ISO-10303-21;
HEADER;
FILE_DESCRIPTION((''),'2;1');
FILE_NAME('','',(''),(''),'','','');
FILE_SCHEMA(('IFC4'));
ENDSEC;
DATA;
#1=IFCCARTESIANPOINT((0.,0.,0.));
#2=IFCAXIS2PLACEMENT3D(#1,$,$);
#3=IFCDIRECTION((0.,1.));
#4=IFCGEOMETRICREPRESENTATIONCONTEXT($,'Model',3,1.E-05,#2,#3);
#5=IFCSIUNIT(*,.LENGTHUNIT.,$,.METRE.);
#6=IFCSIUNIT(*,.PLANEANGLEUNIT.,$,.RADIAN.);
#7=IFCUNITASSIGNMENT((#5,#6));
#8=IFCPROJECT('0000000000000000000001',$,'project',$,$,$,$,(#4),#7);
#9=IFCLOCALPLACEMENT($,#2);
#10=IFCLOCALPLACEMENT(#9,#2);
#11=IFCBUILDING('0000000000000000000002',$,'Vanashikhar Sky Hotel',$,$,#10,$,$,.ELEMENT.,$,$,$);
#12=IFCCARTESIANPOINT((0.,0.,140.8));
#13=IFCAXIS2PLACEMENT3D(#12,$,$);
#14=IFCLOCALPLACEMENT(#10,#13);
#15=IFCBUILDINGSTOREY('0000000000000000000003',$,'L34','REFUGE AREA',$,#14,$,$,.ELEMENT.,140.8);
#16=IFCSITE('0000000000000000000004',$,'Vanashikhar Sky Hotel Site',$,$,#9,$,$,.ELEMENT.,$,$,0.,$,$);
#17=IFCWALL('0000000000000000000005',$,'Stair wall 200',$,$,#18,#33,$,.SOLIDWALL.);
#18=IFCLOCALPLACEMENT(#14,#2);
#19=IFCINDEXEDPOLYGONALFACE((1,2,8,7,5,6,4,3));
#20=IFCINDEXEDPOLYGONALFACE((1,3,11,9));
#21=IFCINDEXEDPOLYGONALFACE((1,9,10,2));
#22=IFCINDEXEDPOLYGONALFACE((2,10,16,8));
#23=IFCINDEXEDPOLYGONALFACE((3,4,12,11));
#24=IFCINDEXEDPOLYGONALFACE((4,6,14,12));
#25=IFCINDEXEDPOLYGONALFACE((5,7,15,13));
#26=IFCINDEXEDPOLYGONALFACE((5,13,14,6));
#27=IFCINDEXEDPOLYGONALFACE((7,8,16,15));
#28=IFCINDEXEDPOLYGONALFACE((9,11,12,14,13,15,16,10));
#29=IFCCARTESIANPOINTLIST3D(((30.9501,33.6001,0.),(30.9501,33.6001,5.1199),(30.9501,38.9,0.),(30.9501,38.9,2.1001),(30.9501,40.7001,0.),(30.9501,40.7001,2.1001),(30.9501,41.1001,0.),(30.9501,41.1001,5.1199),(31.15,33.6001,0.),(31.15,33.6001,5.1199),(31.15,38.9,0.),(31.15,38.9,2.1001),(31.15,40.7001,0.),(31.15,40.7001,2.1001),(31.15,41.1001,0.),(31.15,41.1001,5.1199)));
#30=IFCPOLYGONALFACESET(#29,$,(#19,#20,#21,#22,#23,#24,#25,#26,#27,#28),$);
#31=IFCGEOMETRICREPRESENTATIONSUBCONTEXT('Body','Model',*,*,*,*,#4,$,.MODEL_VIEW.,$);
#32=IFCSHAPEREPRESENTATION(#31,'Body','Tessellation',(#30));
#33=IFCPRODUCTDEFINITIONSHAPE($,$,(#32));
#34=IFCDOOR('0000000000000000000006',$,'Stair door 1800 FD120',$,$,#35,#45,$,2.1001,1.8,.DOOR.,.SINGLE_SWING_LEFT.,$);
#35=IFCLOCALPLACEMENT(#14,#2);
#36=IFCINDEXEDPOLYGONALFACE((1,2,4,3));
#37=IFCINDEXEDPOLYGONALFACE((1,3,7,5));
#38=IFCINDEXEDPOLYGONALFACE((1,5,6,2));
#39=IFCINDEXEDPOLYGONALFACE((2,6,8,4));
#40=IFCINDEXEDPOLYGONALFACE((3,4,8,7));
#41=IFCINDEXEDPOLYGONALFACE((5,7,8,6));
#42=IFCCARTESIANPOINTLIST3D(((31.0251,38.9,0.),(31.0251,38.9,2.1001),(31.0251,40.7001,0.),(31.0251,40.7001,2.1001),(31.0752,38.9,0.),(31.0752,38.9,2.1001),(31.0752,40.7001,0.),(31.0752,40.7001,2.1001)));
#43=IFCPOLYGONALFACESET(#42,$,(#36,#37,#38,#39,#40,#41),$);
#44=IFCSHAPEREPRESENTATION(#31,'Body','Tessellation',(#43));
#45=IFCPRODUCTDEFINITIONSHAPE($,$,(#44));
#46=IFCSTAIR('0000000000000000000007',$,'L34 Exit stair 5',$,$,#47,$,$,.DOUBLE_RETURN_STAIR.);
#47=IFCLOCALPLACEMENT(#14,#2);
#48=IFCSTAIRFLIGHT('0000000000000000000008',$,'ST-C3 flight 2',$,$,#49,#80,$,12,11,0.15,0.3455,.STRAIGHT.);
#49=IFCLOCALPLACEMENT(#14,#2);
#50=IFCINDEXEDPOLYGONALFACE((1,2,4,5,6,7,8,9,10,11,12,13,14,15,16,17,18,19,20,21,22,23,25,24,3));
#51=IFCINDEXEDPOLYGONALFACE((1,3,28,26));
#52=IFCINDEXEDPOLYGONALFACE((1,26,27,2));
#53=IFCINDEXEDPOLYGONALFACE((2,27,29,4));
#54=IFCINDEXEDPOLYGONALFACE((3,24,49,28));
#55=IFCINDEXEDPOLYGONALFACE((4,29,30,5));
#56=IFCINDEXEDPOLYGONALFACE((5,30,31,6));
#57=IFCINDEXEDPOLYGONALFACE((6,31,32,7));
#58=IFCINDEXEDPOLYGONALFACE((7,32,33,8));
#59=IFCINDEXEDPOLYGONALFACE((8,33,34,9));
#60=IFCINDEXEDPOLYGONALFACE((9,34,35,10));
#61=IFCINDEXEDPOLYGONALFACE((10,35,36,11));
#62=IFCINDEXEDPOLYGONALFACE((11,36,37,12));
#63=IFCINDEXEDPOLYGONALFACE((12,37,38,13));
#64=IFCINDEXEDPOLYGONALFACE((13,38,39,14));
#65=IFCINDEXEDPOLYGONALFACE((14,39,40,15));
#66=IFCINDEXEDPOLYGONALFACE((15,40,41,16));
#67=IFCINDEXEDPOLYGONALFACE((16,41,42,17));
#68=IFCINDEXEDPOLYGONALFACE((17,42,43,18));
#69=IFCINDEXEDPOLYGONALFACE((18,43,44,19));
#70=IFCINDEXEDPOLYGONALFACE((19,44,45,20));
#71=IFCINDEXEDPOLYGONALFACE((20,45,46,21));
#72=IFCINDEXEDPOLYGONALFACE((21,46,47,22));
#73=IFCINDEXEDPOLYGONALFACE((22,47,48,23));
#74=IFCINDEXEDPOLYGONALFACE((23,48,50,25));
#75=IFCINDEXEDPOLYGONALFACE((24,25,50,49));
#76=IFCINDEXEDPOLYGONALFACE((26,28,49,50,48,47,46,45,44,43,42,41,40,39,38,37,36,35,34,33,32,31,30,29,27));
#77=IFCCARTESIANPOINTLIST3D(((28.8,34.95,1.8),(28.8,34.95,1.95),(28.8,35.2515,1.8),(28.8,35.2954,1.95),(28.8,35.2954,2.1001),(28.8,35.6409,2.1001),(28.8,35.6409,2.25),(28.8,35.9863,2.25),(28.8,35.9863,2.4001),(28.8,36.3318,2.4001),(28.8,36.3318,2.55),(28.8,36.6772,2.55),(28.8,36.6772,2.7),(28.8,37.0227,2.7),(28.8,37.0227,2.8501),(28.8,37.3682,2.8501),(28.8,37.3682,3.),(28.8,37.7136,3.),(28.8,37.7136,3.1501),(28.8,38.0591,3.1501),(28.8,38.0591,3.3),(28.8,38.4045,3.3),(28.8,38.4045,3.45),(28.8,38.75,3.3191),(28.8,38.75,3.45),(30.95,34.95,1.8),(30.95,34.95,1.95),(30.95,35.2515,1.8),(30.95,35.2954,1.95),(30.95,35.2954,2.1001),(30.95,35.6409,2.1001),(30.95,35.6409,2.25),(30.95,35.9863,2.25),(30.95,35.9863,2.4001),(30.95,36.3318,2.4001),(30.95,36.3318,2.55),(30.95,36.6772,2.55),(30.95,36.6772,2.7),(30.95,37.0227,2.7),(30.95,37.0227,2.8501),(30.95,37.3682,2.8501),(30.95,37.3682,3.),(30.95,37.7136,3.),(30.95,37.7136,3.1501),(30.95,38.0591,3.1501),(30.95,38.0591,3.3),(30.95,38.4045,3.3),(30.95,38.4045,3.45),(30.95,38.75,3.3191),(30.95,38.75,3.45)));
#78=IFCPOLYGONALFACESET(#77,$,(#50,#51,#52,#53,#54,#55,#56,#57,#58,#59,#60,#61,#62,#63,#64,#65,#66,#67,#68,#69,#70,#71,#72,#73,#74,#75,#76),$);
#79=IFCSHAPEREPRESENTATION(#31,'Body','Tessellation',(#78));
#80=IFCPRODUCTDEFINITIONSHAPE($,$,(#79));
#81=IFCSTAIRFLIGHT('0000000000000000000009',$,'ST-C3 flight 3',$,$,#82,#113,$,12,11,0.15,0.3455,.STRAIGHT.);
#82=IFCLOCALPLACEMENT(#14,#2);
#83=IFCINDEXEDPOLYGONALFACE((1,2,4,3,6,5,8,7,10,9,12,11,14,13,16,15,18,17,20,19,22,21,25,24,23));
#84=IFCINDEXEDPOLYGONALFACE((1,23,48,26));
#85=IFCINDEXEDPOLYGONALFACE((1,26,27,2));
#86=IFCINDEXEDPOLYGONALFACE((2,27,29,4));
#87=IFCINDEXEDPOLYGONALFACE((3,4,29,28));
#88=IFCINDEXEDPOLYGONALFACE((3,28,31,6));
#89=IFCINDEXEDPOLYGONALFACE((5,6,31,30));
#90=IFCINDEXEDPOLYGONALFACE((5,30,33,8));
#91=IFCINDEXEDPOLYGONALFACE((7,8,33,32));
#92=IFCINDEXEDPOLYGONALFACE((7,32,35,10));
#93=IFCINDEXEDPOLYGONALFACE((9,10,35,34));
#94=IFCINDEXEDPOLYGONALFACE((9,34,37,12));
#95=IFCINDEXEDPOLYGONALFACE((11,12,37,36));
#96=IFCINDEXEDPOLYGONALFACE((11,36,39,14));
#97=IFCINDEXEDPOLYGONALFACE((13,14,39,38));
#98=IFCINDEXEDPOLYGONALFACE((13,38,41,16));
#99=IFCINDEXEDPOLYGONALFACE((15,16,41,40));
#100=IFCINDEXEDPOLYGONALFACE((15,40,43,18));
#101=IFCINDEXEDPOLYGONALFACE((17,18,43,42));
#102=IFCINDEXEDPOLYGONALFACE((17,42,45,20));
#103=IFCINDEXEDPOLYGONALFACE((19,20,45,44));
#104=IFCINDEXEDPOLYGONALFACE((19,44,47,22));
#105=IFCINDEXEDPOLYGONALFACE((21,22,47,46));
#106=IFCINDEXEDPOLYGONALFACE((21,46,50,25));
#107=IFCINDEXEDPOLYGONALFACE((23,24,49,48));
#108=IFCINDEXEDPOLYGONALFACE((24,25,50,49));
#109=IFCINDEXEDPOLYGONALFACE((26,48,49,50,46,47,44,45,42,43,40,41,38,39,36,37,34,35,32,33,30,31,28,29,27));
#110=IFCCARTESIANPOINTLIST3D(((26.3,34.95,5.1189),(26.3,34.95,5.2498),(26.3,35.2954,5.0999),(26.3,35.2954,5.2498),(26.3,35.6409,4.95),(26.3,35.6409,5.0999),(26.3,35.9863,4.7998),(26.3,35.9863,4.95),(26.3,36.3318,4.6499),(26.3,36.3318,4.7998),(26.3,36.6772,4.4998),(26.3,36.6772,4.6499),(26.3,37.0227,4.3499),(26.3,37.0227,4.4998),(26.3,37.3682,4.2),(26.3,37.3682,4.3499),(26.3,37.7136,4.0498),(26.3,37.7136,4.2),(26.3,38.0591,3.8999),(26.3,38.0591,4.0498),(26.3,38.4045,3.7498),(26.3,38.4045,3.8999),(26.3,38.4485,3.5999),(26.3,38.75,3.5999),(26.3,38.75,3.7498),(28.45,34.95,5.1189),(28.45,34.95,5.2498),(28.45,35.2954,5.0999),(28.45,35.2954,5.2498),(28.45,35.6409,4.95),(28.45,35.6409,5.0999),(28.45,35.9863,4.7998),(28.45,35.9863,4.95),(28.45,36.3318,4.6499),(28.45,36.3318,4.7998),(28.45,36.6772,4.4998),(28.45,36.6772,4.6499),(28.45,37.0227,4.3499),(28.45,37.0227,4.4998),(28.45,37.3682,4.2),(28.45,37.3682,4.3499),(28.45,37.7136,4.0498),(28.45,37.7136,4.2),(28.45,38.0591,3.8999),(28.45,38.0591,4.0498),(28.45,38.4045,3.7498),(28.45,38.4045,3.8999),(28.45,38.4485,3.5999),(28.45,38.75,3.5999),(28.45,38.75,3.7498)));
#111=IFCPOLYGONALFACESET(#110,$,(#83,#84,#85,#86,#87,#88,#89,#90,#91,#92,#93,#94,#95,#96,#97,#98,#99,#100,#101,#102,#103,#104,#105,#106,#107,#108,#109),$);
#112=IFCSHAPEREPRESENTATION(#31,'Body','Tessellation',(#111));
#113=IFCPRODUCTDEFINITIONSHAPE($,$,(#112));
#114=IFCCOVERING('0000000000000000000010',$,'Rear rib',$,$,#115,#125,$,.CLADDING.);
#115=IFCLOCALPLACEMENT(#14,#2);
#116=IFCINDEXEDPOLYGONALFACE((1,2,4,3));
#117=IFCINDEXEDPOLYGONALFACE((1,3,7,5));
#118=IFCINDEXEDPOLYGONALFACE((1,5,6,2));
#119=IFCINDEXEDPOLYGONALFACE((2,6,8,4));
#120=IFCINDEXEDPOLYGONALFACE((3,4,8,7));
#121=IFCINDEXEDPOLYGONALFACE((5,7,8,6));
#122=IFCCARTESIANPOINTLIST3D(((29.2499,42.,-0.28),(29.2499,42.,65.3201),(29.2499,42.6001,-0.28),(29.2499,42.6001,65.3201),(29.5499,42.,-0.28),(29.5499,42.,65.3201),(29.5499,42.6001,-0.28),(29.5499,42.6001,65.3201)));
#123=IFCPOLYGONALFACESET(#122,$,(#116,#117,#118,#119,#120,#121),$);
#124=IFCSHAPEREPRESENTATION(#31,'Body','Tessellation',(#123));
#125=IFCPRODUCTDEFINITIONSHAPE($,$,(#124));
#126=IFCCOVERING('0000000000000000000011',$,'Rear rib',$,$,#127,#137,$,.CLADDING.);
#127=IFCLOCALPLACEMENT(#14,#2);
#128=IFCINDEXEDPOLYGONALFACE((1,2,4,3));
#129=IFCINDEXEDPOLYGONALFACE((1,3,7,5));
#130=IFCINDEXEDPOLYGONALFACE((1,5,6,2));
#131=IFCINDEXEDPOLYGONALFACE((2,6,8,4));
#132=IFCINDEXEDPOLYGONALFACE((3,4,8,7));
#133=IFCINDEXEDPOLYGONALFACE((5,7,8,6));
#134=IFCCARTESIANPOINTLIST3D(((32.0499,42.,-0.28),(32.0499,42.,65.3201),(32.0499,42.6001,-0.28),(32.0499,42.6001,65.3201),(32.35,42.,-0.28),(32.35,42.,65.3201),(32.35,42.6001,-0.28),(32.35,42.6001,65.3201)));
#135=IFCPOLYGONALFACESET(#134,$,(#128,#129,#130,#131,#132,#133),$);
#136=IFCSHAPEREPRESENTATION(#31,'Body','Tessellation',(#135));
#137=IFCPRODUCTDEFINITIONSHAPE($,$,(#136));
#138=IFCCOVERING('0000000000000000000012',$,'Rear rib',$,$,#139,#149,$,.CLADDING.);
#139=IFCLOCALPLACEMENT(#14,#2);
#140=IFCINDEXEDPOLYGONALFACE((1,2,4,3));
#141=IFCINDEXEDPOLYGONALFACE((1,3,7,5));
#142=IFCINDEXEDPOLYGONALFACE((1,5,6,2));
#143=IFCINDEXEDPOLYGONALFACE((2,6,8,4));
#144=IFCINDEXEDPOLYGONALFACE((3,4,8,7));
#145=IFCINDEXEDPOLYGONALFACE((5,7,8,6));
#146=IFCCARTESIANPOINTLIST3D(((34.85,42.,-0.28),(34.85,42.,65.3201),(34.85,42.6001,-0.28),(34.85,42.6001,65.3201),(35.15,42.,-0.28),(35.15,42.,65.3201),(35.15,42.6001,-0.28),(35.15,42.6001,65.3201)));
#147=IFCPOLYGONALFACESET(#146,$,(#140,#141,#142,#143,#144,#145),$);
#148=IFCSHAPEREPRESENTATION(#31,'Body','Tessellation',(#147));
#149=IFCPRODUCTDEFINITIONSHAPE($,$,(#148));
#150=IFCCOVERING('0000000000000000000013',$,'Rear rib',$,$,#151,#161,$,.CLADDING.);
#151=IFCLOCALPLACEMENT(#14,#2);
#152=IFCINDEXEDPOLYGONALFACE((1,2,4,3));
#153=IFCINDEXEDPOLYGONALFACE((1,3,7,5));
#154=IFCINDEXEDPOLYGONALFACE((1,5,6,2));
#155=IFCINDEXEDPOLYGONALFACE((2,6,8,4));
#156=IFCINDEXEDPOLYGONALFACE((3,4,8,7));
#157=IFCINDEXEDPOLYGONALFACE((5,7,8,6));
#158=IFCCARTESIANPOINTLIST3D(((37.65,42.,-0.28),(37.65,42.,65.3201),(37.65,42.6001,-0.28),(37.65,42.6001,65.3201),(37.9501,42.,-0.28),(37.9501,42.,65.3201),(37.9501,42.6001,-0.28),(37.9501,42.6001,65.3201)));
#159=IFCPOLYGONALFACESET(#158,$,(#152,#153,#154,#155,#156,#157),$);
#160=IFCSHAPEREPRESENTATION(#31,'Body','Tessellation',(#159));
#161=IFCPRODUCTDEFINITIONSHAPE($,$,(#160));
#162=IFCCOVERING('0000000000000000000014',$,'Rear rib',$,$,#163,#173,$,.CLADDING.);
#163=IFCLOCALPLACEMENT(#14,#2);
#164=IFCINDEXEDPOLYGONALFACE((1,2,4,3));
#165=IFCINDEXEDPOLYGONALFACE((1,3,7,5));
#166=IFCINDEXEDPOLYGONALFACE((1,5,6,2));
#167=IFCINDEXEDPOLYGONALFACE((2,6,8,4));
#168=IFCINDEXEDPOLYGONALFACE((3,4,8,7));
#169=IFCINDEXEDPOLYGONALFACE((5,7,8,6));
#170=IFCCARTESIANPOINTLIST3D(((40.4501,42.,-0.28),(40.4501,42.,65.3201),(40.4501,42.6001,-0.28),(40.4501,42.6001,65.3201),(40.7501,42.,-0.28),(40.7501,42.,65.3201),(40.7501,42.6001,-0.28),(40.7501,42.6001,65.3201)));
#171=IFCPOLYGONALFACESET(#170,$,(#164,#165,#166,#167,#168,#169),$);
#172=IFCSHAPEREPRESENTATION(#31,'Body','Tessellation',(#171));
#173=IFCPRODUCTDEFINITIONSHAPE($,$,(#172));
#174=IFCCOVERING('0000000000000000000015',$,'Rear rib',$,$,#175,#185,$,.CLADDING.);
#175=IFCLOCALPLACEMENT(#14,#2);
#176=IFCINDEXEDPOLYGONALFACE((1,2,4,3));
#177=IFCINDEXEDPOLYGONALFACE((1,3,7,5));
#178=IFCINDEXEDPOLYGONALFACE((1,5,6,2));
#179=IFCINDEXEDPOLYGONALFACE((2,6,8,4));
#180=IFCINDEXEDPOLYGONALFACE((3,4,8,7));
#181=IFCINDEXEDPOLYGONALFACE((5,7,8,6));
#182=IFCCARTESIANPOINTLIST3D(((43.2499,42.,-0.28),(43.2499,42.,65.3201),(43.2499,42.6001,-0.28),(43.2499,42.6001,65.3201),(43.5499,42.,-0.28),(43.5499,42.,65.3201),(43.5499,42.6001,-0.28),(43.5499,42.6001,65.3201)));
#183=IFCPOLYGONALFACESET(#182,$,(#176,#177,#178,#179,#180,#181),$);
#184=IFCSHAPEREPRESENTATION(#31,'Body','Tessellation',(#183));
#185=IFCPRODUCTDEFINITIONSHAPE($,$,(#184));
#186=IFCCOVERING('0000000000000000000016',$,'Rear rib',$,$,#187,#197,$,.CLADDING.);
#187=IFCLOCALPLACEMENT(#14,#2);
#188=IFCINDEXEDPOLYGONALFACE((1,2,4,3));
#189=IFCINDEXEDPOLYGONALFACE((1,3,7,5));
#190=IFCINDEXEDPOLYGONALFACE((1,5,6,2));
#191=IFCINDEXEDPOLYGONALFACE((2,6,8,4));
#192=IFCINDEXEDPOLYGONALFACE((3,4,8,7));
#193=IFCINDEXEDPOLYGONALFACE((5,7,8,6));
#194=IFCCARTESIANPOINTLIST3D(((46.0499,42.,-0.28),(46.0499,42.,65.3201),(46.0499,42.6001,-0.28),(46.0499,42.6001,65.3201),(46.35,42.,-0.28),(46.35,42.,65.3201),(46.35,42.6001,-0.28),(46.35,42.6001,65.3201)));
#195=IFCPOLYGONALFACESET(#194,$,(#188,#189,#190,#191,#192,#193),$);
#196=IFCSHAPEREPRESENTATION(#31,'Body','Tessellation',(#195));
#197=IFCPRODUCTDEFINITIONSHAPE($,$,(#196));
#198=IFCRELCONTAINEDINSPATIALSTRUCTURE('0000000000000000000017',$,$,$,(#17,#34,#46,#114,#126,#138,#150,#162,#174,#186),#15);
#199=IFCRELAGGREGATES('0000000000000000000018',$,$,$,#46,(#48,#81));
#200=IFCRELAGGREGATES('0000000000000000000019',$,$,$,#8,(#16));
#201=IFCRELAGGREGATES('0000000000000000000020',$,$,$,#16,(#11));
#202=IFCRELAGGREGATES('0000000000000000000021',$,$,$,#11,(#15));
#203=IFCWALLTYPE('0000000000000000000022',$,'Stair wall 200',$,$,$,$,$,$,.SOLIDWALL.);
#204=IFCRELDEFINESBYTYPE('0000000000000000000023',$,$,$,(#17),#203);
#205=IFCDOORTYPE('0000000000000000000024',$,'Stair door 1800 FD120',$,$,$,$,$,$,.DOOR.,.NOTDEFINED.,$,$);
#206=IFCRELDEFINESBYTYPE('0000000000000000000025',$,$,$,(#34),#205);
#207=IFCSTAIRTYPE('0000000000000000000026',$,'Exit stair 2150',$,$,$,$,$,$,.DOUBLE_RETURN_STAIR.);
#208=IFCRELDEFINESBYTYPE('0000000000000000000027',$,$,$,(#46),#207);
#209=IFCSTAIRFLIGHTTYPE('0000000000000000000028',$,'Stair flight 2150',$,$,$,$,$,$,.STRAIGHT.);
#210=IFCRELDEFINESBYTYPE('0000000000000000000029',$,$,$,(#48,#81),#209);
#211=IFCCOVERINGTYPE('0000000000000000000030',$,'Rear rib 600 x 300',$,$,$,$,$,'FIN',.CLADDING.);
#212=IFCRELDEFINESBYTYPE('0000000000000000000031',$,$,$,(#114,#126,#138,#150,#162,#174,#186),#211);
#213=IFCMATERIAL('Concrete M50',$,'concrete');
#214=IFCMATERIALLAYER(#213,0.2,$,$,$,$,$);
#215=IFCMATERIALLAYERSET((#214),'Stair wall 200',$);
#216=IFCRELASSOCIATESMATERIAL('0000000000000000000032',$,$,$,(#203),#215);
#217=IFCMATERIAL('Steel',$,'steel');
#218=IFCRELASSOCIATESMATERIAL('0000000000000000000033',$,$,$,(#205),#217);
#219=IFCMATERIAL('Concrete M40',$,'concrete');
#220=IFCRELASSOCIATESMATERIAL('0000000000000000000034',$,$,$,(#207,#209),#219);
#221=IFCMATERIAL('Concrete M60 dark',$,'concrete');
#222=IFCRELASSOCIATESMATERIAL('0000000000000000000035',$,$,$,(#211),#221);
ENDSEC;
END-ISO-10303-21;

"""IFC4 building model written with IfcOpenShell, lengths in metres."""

from ifc_helpers import new_model, si_unit, direction, frame, frame_2d, origin, origin_2d, place, context, subcontext, project, spatial, polyline, rectangle, outline, extrude, source, transform, mapped, material, layer, layer_set, material_profile, profile_set, type_object, element, fill, aggregate, save


model = new_model("IFC4")

# Units and contexts
model_context = context("Model", 3, precision=1e-05, world=origin(), true_north=direction((0.0, 1.0)))
body_context = subcontext(model_context, "Body", "Model", "MODEL_VIEW")
ifc_project = project(units=[si_unit("LENGTHUNIT", "METRE"), si_unit("PLANEANGLEUNIT", "RADIAN")], contexts=[model_context])

# Site, building, storey
site_placement = place(None, origin())
site = spatial("IfcSite", under=ifc_project, at=site_placement, Name="Vanashikhar Sky Hotel Site", CompositionType="ELEMENT", RefElevation=0.0)
building_placement = place(site_placement, origin())
building = spatial("IfcBuilding", under=site, at=building_placement, Name="Vanashikhar Sky Hotel", CompositionType="ELEMENT")
storey_placement = place(building_placement, frame((0.0, 0.0, 140.8)))
storey = spatial("IfcBuildingStorey", under=building, at=storey_placement, Name="L34", Description="REFUGE AREA", CompositionType="ELEMENT", Elevation=140.8)

# Shared definitions
ifc_material_1 = material(Name="Steel", Category="steel")

# Shared definitions
ifc_material_2 = material(Name="Concrete M40", Category="concrete")

# Wall, opening, door
ifc_material_3 = material(Name="Concrete M50", Category="concrete")
ifc_layer_1 = layer(ifc_material_3, 0.2)
ifc_layer_set_1 = layer_set([ifc_layer_1], Name="Stair wall 200")
wall_type_1 = type_object("IfcWallType", Name="Stair wall 200", PredefinedType="SOLIDWALL", material=ifc_layer_set_1)
shared_shape_1 = source(origin(), body_context, "Body", "SweptSolid", [
    extrude(rectangle(XDim=7.5, YDim=0.2, at=frame_2d((3.75, 0.0))), origin(), (0.0, 0.0, 1.0), 5.1199),
])
wall_1_placement = place(storey_placement, frame((31.05, 33.6001, 0.0), z_axis=(0.0, 0.0, 1.0), x_axis=(0.0, 1.0, 0.0)))
wall_1 = element("IfcWall", 1, at=wall_1_placement, inside=storey, type_object=wall_type_1, Name="Stair wall 200", PredefinedType="SOLIDWALL", context=body_context, shape_type="MappedRepresentation", body=[
    mapped(shared_shape_1, transform((0.0, 0.0, 0.0), scale=1.0)),
])
shared_shape_2 = source(origin(), body_context, "Body", "SweptSolid", [
    extrude(rectangle(XDim=1.8, YDim=2.1001, at=frame_2d((0.8999, 1.05))), frame((0.0, 0.1099, 0.0), z_axis=(0.0, -1.0, 0.0), x_axis=(1.0, 0.0, 0.0)), (0.0, 0.0, 1.0), 0.22),
])
opening_1_placement = place(wall_1_placement, frame((5.3, 0.0, 0.0)))
opening_1 = element("IfcOpeningElement", 2, at=opening_1_placement, cuts=wall_1, PredefinedType="OPENING", context=body_context, shape_type="MappedRepresentation", body=[
    mapped(shared_shape_2, transform((0.0, 0.0, 0.0), scale=1.0)),
])
door_type_1 = type_object("IfcDoorType", Name="Stair door 1800 FD120", OperationType="NOTDEFINED", PredefinedType="DOOR", material=ifc_material_1)
shared_shape_3 = source(origin(), body_context, "Body", "SweptSolid", [
    extrude(rectangle(XDim=1.8, YDim=2.1001, at=frame_2d((0.8999, 1.05))), frame((0.0, 0.0249, 0.0), z_axis=(0.0, -1.0, 0.0), x_axis=(1.0, 0.0, 0.0)), (0.0, 0.0, 1.0), 0.05),
])
door_1_placement = place(opening_1_placement, origin())
door_1 = element("IfcDoor", 3, at=door_1_placement, inside=storey, type_object=door_type_1, Name="Stair door 1800 FD120", OperationType="SINGLE_SWING_LEFT", OverallHeight=2.1001, OverallWidth=1.8, PredefinedType="DOOR", context=body_context, shape_type="MappedRepresentation", body=[
    mapped(shared_shape_3, transform((0.0, 0.0, 0.0), scale=1.0)),
])
fill(opening_1, door_1)

# Stair, stair flights
stair_type = type_object("IfcStairType", Name="Exit stair 2150", PredefinedType="DOUBLE_RETURN_STAIR", material=ifc_material_2)
stair_placement = place(storey_placement, origin())
stair = element("IfcStair", 4, at=stair_placement, inside=storey, type_object=stair_type, Name="L34 Exit stair 5", PredefinedType="DOUBLE_RETURN_STAIR")
stair_flight_type = type_object("IfcStairFlightType", Name="Stair flight 2150", PredefinedType="STRAIGHT", material=ifc_material_2)
shared_shape_4 = source(origin(), body_context, "Body", "SweptSolid", [
    extrude(outline(polyline([(0.0, 0.0), (0.0, 0.1499), (0.3455, 0.1499), (0.3455, 0.3), (0.6909, 0.3), (0.6909, 0.45), (1.0364, 0.45), (1.0364, 0.6001), (1.3818, 0.6001), (1.3818, 0.75), (1.7273, 0.75), (1.7273, 0.8999), (2.0728, 0.8999), (2.0728, 1.05), (2.4182, 1.05), (2.4182, 1.2), (2.7637, 1.2), (2.7637, 1.3501), (3.1091, 1.3501), (3.1091, 1.5), (3.4546, 1.5), (3.4546, 1.6499), (3.8, 1.6499), (3.8, 1.8), (3.8, 1.519), (0.3015, 0.0), (0.0, 0.0)])), frame((0.0, 1.075, 0.0), z_axis=(0.0, -1.0, 0.0), x_axis=(1.0, 0.0, 0.0)), (0.0, 0.0, 1.0), 2.1499),
])
stair_flight_1_placement = place(storey_placement, frame((29.875, 34.95, 1.8), z_axis=(0.0, 0.0, 1.0), x_axis=(0.0, 1.0, 0.0)))
stair_flight_1 = element("IfcStairFlight", 5, at=stair_flight_1_placement, type_object=stair_flight_type, Name="ST-C3 flight 2", NumberOfRisers=12, NumberOfTreads=11, PredefinedType="STRAIGHT", RiserHeight=0.15, TreadLength=0.3455, context=body_context, shape_type="MappedRepresentation", body=[
    mapped(shared_shape_4, transform((0.0, 0.0, 0.0), scale=1.0)),
])
stair_flight_2_placement = place(storey_placement, frame((27.375, 38.75, 3.5999), z_axis=(0.0, 0.0, 1.0), x_axis=(0.0, -1.0, 0.0)))
stair_flight_2 = element("IfcStairFlight", 6, at=stair_flight_2_placement, type_object=stair_flight_type, Name="ST-C3 flight 3", NumberOfRisers=12, NumberOfTreads=11, PredefinedType="STRAIGHT", RiserHeight=0.15, TreadLength=0.3455, context=body_context, shape_type="MappedRepresentation", body=[
    mapped(shared_shape_4, transform((0.0, 0.0, 0.0), scale=1.0)),
])
aggregate(stair, [stair_flight_1, stair_flight_2])

# Coverings
ifc_material_4 = material(Name="Concrete M60 dark", Category="concrete")
ifc_material_profile = material_profile(ifc_material_4, rectangle(XDim=0.6001, YDim=0.3, at=origin_2d()))
ifc_profile_set = profile_set([ifc_material_profile], Name="Rear rib 600 x 300")
covering_type = type_object("IfcCoveringType", Name="Rear rib 600 x 300", ElementType="FIN", PredefinedType="CLADDING", material=ifc_profile_set)
shared_shape_5 = source(origin(), body_context, "Body", "SweptSolid", [
    extrude(rectangle(XDim=0.6001, YDim=0.3, at=origin_2d()), origin(), (0.0, 0.0, 1.0), 65.6001),
])
for number, where, z_axis, x_axis, name in (
    (7, (29.3999, 42.3, -0.28), (0.0, 0.0, 1.0), (0.0, 1.0, 0.0), "Rear rib"),
    (8, (32.2, 42.3, -0.28), (0.0, 0.0, 1.0), (0.0, 1.0, 0.0), "Rear rib"),
    (9, (35.0, 42.3, -0.28), (0.0, 0.0, 1.0), (0.0, 1.0, 0.0), "Rear rib"),
    (10, (37.8, 42.3, -0.28), (0.0, 0.0, 1.0), (0.0, 1.0, 0.0), "Rear rib"),
    (11, (40.6001, 42.3, -0.28), (0.0, 0.0, 1.0), (0.0, 1.0, 0.0), "Rear rib"),
    (12, (43.3999, 42.3, -0.28), (0.0, 0.0, 1.0), (0.0, 1.0, 0.0), "Rear rib"),
    (13, (46.2, 42.3, -0.28), (0.0, 0.0, 1.0), (0.0, 1.0, 0.0), "Rear rib"),
):
    element("IfcCovering", number, at=place(storey_placement, frame(where, z_axis=z_axis, x_axis=x_axis)), inside=storey, type_object=covering_type, Name=name, PredefinedType="CLADDING", context=body_context, shape_type="MappedRepresentation", body=[
        mapped(shared_shape_5, transform((0.0, 0.0, 0.0), scale=1.0)),
    ])

save(model, "model.ifc")
